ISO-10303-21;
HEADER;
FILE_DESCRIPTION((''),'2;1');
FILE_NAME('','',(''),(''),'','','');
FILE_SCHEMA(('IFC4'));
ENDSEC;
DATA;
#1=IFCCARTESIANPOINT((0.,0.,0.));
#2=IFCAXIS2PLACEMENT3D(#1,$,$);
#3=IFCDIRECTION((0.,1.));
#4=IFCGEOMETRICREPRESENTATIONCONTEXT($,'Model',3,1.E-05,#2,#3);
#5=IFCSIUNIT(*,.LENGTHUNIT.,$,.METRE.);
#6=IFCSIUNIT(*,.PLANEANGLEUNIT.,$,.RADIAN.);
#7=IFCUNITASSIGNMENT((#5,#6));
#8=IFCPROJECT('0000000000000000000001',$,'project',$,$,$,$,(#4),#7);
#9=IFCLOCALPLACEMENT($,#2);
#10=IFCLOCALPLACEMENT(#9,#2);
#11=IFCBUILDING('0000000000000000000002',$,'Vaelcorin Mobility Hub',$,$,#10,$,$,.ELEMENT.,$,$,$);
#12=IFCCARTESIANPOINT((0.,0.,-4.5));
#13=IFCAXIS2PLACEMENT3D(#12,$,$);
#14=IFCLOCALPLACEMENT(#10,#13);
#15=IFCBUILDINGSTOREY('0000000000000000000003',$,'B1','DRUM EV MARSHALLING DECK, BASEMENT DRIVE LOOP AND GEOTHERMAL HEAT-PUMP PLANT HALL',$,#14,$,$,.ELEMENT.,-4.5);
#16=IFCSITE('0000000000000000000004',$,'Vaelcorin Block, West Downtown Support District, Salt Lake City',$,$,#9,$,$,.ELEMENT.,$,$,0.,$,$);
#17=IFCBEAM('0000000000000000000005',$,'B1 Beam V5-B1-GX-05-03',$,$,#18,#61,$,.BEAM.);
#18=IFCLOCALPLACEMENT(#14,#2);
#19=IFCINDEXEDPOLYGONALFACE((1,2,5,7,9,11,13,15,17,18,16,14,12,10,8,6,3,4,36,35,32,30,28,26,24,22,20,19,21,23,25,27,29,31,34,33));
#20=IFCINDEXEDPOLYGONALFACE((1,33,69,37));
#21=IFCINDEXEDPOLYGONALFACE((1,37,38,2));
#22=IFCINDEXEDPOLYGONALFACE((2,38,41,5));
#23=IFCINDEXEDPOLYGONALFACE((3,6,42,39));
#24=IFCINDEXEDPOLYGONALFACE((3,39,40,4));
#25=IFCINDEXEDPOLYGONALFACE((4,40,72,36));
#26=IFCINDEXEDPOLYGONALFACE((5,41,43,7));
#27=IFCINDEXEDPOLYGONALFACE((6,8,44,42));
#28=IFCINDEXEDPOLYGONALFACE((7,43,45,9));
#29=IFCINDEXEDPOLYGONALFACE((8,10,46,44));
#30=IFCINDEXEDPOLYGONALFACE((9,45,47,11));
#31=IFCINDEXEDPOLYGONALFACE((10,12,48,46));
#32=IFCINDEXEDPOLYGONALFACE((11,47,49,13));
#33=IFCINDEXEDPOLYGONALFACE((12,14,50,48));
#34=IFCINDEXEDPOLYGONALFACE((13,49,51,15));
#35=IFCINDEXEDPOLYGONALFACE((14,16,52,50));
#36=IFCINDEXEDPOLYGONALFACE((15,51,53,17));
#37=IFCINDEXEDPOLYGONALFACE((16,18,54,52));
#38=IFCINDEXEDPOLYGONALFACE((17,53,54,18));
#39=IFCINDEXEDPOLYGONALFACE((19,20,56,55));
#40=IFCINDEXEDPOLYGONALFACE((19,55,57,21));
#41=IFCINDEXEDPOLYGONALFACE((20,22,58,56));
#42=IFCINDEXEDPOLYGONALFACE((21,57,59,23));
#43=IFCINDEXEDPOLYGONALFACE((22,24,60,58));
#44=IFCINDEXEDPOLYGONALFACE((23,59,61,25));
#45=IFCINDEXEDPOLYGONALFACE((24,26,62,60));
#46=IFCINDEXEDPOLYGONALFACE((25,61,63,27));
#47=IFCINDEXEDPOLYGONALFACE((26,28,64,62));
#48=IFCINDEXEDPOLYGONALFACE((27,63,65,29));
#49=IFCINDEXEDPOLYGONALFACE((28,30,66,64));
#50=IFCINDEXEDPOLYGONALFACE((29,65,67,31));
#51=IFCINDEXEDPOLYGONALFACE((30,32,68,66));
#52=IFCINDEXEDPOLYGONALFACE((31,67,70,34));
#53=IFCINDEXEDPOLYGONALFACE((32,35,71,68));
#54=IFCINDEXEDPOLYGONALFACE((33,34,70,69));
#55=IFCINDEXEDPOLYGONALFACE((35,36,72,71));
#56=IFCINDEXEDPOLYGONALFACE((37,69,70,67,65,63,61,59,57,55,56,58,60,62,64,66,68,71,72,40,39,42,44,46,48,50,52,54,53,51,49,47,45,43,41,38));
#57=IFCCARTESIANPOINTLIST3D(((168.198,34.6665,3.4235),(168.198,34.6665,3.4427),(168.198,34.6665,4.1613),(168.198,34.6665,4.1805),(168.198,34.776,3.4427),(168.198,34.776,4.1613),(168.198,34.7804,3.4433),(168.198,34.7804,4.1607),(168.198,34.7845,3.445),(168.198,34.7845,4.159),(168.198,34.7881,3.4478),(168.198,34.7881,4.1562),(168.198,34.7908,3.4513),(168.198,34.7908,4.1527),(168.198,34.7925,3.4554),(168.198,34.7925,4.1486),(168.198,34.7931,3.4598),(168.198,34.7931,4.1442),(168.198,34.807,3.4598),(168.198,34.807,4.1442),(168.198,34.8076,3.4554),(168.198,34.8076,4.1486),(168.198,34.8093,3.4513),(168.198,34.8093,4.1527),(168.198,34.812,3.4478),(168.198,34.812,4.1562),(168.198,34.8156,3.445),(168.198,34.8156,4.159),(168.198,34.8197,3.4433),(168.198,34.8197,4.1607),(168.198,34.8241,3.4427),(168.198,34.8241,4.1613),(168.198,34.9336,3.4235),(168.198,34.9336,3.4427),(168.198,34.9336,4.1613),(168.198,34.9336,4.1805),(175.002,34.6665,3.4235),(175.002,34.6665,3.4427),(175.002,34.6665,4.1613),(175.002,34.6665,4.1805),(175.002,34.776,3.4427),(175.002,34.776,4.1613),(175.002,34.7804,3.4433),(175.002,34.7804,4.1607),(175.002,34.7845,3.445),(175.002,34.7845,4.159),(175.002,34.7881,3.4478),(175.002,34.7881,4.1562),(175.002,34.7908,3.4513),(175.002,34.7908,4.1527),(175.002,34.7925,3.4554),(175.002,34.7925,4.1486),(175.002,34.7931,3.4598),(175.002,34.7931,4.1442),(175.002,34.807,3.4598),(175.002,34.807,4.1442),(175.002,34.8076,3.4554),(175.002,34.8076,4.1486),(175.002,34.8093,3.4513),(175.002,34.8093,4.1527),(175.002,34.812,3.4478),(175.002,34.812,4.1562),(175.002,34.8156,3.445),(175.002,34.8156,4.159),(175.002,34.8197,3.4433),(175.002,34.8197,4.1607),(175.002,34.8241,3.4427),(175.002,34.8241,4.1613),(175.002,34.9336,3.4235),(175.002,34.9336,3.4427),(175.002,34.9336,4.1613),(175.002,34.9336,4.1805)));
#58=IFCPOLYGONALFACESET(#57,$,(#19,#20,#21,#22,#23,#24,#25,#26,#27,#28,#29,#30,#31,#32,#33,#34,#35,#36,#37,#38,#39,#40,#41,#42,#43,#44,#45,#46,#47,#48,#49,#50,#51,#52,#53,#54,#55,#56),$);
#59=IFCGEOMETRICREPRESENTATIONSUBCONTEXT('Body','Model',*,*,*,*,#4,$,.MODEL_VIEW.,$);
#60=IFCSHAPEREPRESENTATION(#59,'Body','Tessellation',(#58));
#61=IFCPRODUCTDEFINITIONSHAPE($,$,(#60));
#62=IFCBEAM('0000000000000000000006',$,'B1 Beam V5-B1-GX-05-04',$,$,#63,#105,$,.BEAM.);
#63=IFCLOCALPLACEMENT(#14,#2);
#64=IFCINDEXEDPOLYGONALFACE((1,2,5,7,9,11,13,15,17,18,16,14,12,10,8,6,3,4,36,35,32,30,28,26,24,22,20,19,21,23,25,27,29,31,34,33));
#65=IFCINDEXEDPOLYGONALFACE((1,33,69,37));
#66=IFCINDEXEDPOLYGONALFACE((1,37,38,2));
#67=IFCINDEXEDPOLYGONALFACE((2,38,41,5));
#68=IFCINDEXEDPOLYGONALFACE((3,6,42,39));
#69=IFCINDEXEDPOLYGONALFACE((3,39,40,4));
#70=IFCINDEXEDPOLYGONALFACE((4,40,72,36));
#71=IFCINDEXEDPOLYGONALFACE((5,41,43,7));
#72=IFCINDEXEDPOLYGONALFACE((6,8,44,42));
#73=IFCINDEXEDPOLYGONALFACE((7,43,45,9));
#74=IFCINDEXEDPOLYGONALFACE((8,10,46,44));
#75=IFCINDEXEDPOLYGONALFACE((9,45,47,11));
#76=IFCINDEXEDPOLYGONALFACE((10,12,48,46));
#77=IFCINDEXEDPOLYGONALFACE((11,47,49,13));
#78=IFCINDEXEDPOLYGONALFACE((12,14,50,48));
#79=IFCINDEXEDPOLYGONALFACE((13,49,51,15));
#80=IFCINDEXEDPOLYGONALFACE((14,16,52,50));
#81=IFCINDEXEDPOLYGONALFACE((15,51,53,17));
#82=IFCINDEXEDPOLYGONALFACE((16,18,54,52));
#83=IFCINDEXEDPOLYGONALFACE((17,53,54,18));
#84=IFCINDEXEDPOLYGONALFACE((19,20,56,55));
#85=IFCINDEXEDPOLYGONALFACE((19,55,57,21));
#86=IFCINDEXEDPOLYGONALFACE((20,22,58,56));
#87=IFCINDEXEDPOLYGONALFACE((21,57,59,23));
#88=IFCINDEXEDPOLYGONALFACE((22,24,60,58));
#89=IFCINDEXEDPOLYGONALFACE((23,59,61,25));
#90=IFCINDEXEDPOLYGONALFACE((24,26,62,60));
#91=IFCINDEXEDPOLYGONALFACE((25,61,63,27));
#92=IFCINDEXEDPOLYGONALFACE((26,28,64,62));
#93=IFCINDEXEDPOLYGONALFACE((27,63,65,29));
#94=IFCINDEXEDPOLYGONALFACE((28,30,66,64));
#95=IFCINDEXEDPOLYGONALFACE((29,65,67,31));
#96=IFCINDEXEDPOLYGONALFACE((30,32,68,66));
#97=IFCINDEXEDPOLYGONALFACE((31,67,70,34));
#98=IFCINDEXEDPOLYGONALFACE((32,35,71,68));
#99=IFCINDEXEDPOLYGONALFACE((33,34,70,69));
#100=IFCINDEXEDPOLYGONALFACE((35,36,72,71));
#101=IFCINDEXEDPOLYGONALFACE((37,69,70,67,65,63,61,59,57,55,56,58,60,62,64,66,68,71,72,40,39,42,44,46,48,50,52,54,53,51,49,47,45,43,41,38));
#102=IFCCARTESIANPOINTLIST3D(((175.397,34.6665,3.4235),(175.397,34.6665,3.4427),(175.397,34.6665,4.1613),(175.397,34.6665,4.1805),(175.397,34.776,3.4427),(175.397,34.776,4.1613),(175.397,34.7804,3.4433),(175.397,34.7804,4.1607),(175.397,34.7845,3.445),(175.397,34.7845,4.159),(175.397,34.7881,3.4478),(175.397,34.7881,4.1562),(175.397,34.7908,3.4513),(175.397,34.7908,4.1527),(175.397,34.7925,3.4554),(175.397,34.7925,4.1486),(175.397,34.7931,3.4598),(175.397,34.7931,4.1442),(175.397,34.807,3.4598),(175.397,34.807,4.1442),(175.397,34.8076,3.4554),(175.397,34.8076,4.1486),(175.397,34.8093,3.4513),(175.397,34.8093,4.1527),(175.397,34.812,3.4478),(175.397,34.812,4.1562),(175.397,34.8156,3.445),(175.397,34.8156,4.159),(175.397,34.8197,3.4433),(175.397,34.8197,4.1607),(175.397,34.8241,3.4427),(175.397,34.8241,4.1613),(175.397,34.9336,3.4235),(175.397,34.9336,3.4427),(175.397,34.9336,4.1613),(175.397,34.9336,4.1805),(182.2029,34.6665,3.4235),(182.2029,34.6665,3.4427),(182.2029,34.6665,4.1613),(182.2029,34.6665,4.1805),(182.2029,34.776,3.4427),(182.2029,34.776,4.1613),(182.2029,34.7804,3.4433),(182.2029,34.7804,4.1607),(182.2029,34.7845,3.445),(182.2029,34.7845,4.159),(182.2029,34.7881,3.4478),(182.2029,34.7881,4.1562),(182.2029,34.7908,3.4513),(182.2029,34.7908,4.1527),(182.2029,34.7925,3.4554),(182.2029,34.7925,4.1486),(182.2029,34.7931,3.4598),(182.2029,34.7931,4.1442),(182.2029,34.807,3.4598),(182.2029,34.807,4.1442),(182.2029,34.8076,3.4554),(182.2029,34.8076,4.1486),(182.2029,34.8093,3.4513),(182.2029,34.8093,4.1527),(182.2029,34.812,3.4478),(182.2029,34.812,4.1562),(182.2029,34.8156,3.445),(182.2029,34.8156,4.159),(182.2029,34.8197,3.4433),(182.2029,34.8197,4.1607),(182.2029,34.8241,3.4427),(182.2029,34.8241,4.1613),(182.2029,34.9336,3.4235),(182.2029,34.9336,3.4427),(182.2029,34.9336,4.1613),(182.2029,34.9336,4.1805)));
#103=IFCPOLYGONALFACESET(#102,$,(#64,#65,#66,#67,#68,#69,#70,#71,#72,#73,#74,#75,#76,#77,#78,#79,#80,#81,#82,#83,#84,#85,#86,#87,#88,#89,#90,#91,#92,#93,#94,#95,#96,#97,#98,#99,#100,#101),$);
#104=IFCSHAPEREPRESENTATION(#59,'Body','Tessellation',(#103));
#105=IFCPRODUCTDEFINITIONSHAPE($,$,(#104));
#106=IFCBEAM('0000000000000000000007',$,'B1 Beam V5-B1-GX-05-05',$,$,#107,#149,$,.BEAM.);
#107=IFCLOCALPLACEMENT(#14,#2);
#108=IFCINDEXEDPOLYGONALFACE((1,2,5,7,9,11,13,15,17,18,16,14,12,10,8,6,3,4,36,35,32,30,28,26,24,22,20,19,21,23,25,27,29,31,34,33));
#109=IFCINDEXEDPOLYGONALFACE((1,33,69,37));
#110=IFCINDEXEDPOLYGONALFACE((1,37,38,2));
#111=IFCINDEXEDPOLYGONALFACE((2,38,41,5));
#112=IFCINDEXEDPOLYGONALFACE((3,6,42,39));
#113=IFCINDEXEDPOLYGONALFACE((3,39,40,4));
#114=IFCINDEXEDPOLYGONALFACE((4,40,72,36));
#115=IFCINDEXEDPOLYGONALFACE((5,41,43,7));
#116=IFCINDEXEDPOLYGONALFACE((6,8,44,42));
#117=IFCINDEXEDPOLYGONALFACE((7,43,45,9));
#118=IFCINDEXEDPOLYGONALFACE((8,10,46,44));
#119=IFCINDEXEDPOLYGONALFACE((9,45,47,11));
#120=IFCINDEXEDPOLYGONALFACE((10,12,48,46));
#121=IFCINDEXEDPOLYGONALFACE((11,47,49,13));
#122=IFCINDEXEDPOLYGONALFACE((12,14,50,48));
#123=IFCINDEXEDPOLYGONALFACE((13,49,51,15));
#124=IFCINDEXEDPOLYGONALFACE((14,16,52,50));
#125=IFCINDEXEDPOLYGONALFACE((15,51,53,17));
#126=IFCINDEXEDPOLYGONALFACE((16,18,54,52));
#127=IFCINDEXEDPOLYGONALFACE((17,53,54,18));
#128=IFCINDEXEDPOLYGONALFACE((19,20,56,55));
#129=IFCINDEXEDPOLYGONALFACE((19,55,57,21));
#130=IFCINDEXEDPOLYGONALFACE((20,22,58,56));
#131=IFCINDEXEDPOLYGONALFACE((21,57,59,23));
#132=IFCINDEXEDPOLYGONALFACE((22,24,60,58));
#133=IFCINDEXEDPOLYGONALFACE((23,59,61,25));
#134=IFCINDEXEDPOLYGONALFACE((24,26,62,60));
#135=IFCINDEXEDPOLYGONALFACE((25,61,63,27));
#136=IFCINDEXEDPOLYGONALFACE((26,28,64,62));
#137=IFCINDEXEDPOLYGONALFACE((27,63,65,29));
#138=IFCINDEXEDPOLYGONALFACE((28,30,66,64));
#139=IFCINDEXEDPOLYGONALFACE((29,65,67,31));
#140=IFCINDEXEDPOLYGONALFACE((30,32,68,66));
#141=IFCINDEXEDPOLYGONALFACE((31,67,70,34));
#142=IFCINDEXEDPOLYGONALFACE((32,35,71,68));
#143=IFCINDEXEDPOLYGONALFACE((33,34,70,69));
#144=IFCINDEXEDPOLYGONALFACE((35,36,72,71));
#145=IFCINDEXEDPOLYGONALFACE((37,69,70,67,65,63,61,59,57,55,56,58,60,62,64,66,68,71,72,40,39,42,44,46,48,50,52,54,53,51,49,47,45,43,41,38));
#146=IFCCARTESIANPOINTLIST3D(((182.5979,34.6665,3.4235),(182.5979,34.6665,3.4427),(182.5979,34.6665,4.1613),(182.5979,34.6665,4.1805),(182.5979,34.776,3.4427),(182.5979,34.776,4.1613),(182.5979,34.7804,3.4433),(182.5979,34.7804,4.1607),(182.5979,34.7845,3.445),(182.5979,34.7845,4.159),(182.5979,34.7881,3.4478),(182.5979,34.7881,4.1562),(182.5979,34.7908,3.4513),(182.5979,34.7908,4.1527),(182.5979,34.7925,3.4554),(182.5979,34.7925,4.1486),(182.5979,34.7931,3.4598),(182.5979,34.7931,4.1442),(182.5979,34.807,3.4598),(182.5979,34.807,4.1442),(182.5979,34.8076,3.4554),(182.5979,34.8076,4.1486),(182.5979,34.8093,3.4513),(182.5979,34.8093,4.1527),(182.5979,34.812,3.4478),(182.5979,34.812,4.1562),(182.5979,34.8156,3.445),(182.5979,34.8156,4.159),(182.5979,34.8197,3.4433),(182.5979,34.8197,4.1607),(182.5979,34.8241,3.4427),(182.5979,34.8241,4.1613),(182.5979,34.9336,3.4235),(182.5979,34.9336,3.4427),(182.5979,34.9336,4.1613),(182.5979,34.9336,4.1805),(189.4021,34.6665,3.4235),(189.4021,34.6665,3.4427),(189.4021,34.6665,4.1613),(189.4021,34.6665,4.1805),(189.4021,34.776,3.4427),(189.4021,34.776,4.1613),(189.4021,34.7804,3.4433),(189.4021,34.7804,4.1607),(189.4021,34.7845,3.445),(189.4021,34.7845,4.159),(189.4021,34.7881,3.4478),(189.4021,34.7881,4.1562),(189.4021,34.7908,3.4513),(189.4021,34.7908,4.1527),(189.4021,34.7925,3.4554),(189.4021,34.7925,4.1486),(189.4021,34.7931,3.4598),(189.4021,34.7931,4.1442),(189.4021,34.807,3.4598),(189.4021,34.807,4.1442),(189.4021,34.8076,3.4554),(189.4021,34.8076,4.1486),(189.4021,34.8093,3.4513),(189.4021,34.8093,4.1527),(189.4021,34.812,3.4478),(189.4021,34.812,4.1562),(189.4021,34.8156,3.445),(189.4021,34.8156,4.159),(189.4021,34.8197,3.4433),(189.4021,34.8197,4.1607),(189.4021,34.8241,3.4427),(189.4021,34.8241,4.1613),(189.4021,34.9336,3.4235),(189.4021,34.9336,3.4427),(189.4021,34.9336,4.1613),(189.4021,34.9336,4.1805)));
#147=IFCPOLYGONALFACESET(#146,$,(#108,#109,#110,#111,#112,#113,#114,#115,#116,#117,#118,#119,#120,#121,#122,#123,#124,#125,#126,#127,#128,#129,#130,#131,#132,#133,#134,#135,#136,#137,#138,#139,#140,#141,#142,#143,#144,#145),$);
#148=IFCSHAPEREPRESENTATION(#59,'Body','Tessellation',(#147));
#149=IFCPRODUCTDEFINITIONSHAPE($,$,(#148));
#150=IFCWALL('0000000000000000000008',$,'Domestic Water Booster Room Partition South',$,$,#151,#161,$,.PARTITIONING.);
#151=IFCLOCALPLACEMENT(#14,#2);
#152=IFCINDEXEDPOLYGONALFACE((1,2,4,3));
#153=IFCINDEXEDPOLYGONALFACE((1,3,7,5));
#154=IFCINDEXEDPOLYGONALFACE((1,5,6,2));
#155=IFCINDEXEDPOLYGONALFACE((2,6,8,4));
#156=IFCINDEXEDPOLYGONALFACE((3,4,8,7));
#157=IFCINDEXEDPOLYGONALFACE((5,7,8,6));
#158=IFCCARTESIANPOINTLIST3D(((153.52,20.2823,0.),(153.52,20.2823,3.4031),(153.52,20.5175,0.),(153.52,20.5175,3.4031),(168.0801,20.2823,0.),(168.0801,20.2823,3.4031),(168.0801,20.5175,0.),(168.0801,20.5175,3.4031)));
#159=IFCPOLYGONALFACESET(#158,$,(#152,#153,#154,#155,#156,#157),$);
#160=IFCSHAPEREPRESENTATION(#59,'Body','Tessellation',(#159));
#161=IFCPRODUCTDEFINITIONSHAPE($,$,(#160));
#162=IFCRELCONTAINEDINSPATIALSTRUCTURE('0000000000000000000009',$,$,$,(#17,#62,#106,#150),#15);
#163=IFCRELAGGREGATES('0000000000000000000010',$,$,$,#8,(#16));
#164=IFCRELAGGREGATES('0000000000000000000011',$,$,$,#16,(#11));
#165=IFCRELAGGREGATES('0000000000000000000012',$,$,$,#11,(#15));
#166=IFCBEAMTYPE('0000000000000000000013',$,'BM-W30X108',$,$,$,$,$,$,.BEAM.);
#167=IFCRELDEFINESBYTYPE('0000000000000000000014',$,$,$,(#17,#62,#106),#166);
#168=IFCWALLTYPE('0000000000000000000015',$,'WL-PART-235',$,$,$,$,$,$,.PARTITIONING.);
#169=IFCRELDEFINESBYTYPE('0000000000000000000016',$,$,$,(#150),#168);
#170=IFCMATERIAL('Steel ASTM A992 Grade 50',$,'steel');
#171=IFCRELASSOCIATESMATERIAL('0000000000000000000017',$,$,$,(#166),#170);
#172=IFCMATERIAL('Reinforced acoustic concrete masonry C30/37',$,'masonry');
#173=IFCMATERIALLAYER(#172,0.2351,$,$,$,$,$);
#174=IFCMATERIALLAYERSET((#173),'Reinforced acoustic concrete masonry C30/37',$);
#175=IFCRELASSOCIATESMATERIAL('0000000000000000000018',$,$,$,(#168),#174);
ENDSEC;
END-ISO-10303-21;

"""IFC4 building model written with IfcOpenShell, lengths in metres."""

from ifc_helpers import new_model, si_unit, direction, frame, frame_2d, origin, origin_2d, place, context, subcontext, project, spatial, rectangle, i_section, extrude, material, layer, layer_set, material_profile, profile_set, type_object, element, save


model = new_model("IFC4")

# Units and contexts
model_context = context("Model", 3, precision=1e-05, world=origin(), true_north=direction((0.0, 1.0)))
body_context = subcontext(model_context, "Body", "Model", "MODEL_VIEW")
ifc_project = project(units=[si_unit("LENGTHUNIT", "METRE"), si_unit("PLANEANGLEUNIT", "RADIAN")], contexts=[model_context])

# Site, building, storey
site_placement = place(None, origin())
site = spatial("IfcSite", under=ifc_project, at=site_placement, Name="Vaelcorin Block, West Downtown Support District, Salt Lake City", CompositionType="ELEMENT", RefElevation=0.0)
building_placement = place(site_placement, origin())
building = spatial("IfcBuilding", under=site, at=building_placement, Name="Vaelcorin Mobility Hub", CompositionType="ELEMENT")
storey_placement = place(building_placement, frame((0.0, 0.0, -4.5)))
storey = spatial("IfcBuildingStorey", under=building, at=storey_placement, Name="B1", Description="DRUM EV MARSHALLING DECK, BASEMENT DRIVE LOOP AND GEOTHERMAL HEAT-PUMP PLANT HALL", CompositionType="ELEMENT", Elevation=-4.5)

# Shared definitions
ifc_material_1 = material(Name="Steel ASTM A992 Grade 50", Category="steel")

# Beams
ifc_material_profile_1 = material_profile(ifc_material_1, i_section(OverallWidth=0.2671, OverallDepth=0.7571, WebThickness=0.0139, FlangeThickness=0.0193, FilletRadius=0.0171, at=origin_2d()), Name="W30X108")
ifc_profile_set_1 = profile_set([ifc_material_profile_1], Name="Steel ASTM A992 Grade 50")
beam_type_1 = type_object("IfcBeamType", Name="BM-W30X108", PredefinedType="BEAM", material=ifc_profile_set_1)
beam_1_placement = place(storey_placement, frame((168.198, 34.8, 3.802), z_axis=(1.0, 0.0, 0.0), x_axis=(0.0, 1.0, 0.0)))
element("IfcBeam", 1, at=beam_1_placement, inside=storey, type_object=beam_type_1, Name="B1 Beam V5-B1-GX-05-03", PredefinedType="BEAM", context=body_context, shape_type="SweptSolid", body=[
    extrude(i_section(OverallWidth=0.2671, OverallDepth=0.7571, WebThickness=0.0139, FlangeThickness=0.0193, FilletRadius=0.0171, at=origin_2d()), origin(), (0.0, 0.0, 1.0), 6.804),
])
beam_2_placement = place(storey_placement, frame((175.397, 34.8, 3.802), z_axis=(1.0, 0.0, 0.0), x_axis=(0.0, 1.0, 0.0)))
element("IfcBeam", 2, at=beam_2_placement, inside=storey, type_object=beam_type_1, Name="B1 Beam V5-B1-GX-05-04", PredefinedType="BEAM", context=body_context, shape_type="SweptSolid", body=[
    extrude(i_section(OverallWidth=0.2671, OverallDepth=0.7571, WebThickness=0.0139, FlangeThickness=0.0193, FilletRadius=0.0171, at=origin_2d()), origin(), (0.0, 0.0, 1.0), 6.8059),
])
beam_3_placement = place(storey_placement, frame((182.5979, 34.8, 3.802), z_axis=(1.0, 0.0, 0.0), x_axis=(0.0, 1.0, 0.0)))
element("IfcBeam", 3, at=beam_3_placement, inside=storey, type_object=beam_type_1, Name="B1 Beam V5-B1-GX-05-05", PredefinedType="BEAM", context=body_context, shape_type="SweptSolid", body=[
    extrude(i_section(OverallWidth=0.2671, OverallDepth=0.7571, WebThickness=0.0139, FlangeThickness=0.0193, FilletRadius=0.0171, at=origin_2d()), origin(), (0.0, 0.0, 1.0), 6.8042),
])

# Wall
ifc_material_2 = material(Name="Reinforced acoustic concrete masonry C30/37", Category="masonry")
ifc_layer = layer(ifc_material_2, 0.2351)
ifc_layer_set = layer_set([ifc_layer], Name="Reinforced acoustic concrete masonry C30/37")
wall_type = type_object("IfcWallType", Name="WL-PART-235", PredefinedType="PARTITIONING", material=ifc_layer_set)
wall_placement = place(storey_placement, frame((168.0801, 20.3999, 0.0), z_axis=(0.0, 0.0, 1.0), x_axis=(-1.0, 0.0, 0.0)))
element("IfcWall", 4, at=wall_placement, inside=storey, type_object=wall_type, Name="Domestic Water Booster Room Partition South", PredefinedType="PARTITIONING", context=body_context, shape_type="SweptSolid", body=[
    extrude(rectangle(XDim=14.5601, YDim=0.2351, at=frame_2d((7.28, 0.0))), origin(), (0.0, 0.0, 1.0), 3.4031),
])

save(model, "model.ifc")
